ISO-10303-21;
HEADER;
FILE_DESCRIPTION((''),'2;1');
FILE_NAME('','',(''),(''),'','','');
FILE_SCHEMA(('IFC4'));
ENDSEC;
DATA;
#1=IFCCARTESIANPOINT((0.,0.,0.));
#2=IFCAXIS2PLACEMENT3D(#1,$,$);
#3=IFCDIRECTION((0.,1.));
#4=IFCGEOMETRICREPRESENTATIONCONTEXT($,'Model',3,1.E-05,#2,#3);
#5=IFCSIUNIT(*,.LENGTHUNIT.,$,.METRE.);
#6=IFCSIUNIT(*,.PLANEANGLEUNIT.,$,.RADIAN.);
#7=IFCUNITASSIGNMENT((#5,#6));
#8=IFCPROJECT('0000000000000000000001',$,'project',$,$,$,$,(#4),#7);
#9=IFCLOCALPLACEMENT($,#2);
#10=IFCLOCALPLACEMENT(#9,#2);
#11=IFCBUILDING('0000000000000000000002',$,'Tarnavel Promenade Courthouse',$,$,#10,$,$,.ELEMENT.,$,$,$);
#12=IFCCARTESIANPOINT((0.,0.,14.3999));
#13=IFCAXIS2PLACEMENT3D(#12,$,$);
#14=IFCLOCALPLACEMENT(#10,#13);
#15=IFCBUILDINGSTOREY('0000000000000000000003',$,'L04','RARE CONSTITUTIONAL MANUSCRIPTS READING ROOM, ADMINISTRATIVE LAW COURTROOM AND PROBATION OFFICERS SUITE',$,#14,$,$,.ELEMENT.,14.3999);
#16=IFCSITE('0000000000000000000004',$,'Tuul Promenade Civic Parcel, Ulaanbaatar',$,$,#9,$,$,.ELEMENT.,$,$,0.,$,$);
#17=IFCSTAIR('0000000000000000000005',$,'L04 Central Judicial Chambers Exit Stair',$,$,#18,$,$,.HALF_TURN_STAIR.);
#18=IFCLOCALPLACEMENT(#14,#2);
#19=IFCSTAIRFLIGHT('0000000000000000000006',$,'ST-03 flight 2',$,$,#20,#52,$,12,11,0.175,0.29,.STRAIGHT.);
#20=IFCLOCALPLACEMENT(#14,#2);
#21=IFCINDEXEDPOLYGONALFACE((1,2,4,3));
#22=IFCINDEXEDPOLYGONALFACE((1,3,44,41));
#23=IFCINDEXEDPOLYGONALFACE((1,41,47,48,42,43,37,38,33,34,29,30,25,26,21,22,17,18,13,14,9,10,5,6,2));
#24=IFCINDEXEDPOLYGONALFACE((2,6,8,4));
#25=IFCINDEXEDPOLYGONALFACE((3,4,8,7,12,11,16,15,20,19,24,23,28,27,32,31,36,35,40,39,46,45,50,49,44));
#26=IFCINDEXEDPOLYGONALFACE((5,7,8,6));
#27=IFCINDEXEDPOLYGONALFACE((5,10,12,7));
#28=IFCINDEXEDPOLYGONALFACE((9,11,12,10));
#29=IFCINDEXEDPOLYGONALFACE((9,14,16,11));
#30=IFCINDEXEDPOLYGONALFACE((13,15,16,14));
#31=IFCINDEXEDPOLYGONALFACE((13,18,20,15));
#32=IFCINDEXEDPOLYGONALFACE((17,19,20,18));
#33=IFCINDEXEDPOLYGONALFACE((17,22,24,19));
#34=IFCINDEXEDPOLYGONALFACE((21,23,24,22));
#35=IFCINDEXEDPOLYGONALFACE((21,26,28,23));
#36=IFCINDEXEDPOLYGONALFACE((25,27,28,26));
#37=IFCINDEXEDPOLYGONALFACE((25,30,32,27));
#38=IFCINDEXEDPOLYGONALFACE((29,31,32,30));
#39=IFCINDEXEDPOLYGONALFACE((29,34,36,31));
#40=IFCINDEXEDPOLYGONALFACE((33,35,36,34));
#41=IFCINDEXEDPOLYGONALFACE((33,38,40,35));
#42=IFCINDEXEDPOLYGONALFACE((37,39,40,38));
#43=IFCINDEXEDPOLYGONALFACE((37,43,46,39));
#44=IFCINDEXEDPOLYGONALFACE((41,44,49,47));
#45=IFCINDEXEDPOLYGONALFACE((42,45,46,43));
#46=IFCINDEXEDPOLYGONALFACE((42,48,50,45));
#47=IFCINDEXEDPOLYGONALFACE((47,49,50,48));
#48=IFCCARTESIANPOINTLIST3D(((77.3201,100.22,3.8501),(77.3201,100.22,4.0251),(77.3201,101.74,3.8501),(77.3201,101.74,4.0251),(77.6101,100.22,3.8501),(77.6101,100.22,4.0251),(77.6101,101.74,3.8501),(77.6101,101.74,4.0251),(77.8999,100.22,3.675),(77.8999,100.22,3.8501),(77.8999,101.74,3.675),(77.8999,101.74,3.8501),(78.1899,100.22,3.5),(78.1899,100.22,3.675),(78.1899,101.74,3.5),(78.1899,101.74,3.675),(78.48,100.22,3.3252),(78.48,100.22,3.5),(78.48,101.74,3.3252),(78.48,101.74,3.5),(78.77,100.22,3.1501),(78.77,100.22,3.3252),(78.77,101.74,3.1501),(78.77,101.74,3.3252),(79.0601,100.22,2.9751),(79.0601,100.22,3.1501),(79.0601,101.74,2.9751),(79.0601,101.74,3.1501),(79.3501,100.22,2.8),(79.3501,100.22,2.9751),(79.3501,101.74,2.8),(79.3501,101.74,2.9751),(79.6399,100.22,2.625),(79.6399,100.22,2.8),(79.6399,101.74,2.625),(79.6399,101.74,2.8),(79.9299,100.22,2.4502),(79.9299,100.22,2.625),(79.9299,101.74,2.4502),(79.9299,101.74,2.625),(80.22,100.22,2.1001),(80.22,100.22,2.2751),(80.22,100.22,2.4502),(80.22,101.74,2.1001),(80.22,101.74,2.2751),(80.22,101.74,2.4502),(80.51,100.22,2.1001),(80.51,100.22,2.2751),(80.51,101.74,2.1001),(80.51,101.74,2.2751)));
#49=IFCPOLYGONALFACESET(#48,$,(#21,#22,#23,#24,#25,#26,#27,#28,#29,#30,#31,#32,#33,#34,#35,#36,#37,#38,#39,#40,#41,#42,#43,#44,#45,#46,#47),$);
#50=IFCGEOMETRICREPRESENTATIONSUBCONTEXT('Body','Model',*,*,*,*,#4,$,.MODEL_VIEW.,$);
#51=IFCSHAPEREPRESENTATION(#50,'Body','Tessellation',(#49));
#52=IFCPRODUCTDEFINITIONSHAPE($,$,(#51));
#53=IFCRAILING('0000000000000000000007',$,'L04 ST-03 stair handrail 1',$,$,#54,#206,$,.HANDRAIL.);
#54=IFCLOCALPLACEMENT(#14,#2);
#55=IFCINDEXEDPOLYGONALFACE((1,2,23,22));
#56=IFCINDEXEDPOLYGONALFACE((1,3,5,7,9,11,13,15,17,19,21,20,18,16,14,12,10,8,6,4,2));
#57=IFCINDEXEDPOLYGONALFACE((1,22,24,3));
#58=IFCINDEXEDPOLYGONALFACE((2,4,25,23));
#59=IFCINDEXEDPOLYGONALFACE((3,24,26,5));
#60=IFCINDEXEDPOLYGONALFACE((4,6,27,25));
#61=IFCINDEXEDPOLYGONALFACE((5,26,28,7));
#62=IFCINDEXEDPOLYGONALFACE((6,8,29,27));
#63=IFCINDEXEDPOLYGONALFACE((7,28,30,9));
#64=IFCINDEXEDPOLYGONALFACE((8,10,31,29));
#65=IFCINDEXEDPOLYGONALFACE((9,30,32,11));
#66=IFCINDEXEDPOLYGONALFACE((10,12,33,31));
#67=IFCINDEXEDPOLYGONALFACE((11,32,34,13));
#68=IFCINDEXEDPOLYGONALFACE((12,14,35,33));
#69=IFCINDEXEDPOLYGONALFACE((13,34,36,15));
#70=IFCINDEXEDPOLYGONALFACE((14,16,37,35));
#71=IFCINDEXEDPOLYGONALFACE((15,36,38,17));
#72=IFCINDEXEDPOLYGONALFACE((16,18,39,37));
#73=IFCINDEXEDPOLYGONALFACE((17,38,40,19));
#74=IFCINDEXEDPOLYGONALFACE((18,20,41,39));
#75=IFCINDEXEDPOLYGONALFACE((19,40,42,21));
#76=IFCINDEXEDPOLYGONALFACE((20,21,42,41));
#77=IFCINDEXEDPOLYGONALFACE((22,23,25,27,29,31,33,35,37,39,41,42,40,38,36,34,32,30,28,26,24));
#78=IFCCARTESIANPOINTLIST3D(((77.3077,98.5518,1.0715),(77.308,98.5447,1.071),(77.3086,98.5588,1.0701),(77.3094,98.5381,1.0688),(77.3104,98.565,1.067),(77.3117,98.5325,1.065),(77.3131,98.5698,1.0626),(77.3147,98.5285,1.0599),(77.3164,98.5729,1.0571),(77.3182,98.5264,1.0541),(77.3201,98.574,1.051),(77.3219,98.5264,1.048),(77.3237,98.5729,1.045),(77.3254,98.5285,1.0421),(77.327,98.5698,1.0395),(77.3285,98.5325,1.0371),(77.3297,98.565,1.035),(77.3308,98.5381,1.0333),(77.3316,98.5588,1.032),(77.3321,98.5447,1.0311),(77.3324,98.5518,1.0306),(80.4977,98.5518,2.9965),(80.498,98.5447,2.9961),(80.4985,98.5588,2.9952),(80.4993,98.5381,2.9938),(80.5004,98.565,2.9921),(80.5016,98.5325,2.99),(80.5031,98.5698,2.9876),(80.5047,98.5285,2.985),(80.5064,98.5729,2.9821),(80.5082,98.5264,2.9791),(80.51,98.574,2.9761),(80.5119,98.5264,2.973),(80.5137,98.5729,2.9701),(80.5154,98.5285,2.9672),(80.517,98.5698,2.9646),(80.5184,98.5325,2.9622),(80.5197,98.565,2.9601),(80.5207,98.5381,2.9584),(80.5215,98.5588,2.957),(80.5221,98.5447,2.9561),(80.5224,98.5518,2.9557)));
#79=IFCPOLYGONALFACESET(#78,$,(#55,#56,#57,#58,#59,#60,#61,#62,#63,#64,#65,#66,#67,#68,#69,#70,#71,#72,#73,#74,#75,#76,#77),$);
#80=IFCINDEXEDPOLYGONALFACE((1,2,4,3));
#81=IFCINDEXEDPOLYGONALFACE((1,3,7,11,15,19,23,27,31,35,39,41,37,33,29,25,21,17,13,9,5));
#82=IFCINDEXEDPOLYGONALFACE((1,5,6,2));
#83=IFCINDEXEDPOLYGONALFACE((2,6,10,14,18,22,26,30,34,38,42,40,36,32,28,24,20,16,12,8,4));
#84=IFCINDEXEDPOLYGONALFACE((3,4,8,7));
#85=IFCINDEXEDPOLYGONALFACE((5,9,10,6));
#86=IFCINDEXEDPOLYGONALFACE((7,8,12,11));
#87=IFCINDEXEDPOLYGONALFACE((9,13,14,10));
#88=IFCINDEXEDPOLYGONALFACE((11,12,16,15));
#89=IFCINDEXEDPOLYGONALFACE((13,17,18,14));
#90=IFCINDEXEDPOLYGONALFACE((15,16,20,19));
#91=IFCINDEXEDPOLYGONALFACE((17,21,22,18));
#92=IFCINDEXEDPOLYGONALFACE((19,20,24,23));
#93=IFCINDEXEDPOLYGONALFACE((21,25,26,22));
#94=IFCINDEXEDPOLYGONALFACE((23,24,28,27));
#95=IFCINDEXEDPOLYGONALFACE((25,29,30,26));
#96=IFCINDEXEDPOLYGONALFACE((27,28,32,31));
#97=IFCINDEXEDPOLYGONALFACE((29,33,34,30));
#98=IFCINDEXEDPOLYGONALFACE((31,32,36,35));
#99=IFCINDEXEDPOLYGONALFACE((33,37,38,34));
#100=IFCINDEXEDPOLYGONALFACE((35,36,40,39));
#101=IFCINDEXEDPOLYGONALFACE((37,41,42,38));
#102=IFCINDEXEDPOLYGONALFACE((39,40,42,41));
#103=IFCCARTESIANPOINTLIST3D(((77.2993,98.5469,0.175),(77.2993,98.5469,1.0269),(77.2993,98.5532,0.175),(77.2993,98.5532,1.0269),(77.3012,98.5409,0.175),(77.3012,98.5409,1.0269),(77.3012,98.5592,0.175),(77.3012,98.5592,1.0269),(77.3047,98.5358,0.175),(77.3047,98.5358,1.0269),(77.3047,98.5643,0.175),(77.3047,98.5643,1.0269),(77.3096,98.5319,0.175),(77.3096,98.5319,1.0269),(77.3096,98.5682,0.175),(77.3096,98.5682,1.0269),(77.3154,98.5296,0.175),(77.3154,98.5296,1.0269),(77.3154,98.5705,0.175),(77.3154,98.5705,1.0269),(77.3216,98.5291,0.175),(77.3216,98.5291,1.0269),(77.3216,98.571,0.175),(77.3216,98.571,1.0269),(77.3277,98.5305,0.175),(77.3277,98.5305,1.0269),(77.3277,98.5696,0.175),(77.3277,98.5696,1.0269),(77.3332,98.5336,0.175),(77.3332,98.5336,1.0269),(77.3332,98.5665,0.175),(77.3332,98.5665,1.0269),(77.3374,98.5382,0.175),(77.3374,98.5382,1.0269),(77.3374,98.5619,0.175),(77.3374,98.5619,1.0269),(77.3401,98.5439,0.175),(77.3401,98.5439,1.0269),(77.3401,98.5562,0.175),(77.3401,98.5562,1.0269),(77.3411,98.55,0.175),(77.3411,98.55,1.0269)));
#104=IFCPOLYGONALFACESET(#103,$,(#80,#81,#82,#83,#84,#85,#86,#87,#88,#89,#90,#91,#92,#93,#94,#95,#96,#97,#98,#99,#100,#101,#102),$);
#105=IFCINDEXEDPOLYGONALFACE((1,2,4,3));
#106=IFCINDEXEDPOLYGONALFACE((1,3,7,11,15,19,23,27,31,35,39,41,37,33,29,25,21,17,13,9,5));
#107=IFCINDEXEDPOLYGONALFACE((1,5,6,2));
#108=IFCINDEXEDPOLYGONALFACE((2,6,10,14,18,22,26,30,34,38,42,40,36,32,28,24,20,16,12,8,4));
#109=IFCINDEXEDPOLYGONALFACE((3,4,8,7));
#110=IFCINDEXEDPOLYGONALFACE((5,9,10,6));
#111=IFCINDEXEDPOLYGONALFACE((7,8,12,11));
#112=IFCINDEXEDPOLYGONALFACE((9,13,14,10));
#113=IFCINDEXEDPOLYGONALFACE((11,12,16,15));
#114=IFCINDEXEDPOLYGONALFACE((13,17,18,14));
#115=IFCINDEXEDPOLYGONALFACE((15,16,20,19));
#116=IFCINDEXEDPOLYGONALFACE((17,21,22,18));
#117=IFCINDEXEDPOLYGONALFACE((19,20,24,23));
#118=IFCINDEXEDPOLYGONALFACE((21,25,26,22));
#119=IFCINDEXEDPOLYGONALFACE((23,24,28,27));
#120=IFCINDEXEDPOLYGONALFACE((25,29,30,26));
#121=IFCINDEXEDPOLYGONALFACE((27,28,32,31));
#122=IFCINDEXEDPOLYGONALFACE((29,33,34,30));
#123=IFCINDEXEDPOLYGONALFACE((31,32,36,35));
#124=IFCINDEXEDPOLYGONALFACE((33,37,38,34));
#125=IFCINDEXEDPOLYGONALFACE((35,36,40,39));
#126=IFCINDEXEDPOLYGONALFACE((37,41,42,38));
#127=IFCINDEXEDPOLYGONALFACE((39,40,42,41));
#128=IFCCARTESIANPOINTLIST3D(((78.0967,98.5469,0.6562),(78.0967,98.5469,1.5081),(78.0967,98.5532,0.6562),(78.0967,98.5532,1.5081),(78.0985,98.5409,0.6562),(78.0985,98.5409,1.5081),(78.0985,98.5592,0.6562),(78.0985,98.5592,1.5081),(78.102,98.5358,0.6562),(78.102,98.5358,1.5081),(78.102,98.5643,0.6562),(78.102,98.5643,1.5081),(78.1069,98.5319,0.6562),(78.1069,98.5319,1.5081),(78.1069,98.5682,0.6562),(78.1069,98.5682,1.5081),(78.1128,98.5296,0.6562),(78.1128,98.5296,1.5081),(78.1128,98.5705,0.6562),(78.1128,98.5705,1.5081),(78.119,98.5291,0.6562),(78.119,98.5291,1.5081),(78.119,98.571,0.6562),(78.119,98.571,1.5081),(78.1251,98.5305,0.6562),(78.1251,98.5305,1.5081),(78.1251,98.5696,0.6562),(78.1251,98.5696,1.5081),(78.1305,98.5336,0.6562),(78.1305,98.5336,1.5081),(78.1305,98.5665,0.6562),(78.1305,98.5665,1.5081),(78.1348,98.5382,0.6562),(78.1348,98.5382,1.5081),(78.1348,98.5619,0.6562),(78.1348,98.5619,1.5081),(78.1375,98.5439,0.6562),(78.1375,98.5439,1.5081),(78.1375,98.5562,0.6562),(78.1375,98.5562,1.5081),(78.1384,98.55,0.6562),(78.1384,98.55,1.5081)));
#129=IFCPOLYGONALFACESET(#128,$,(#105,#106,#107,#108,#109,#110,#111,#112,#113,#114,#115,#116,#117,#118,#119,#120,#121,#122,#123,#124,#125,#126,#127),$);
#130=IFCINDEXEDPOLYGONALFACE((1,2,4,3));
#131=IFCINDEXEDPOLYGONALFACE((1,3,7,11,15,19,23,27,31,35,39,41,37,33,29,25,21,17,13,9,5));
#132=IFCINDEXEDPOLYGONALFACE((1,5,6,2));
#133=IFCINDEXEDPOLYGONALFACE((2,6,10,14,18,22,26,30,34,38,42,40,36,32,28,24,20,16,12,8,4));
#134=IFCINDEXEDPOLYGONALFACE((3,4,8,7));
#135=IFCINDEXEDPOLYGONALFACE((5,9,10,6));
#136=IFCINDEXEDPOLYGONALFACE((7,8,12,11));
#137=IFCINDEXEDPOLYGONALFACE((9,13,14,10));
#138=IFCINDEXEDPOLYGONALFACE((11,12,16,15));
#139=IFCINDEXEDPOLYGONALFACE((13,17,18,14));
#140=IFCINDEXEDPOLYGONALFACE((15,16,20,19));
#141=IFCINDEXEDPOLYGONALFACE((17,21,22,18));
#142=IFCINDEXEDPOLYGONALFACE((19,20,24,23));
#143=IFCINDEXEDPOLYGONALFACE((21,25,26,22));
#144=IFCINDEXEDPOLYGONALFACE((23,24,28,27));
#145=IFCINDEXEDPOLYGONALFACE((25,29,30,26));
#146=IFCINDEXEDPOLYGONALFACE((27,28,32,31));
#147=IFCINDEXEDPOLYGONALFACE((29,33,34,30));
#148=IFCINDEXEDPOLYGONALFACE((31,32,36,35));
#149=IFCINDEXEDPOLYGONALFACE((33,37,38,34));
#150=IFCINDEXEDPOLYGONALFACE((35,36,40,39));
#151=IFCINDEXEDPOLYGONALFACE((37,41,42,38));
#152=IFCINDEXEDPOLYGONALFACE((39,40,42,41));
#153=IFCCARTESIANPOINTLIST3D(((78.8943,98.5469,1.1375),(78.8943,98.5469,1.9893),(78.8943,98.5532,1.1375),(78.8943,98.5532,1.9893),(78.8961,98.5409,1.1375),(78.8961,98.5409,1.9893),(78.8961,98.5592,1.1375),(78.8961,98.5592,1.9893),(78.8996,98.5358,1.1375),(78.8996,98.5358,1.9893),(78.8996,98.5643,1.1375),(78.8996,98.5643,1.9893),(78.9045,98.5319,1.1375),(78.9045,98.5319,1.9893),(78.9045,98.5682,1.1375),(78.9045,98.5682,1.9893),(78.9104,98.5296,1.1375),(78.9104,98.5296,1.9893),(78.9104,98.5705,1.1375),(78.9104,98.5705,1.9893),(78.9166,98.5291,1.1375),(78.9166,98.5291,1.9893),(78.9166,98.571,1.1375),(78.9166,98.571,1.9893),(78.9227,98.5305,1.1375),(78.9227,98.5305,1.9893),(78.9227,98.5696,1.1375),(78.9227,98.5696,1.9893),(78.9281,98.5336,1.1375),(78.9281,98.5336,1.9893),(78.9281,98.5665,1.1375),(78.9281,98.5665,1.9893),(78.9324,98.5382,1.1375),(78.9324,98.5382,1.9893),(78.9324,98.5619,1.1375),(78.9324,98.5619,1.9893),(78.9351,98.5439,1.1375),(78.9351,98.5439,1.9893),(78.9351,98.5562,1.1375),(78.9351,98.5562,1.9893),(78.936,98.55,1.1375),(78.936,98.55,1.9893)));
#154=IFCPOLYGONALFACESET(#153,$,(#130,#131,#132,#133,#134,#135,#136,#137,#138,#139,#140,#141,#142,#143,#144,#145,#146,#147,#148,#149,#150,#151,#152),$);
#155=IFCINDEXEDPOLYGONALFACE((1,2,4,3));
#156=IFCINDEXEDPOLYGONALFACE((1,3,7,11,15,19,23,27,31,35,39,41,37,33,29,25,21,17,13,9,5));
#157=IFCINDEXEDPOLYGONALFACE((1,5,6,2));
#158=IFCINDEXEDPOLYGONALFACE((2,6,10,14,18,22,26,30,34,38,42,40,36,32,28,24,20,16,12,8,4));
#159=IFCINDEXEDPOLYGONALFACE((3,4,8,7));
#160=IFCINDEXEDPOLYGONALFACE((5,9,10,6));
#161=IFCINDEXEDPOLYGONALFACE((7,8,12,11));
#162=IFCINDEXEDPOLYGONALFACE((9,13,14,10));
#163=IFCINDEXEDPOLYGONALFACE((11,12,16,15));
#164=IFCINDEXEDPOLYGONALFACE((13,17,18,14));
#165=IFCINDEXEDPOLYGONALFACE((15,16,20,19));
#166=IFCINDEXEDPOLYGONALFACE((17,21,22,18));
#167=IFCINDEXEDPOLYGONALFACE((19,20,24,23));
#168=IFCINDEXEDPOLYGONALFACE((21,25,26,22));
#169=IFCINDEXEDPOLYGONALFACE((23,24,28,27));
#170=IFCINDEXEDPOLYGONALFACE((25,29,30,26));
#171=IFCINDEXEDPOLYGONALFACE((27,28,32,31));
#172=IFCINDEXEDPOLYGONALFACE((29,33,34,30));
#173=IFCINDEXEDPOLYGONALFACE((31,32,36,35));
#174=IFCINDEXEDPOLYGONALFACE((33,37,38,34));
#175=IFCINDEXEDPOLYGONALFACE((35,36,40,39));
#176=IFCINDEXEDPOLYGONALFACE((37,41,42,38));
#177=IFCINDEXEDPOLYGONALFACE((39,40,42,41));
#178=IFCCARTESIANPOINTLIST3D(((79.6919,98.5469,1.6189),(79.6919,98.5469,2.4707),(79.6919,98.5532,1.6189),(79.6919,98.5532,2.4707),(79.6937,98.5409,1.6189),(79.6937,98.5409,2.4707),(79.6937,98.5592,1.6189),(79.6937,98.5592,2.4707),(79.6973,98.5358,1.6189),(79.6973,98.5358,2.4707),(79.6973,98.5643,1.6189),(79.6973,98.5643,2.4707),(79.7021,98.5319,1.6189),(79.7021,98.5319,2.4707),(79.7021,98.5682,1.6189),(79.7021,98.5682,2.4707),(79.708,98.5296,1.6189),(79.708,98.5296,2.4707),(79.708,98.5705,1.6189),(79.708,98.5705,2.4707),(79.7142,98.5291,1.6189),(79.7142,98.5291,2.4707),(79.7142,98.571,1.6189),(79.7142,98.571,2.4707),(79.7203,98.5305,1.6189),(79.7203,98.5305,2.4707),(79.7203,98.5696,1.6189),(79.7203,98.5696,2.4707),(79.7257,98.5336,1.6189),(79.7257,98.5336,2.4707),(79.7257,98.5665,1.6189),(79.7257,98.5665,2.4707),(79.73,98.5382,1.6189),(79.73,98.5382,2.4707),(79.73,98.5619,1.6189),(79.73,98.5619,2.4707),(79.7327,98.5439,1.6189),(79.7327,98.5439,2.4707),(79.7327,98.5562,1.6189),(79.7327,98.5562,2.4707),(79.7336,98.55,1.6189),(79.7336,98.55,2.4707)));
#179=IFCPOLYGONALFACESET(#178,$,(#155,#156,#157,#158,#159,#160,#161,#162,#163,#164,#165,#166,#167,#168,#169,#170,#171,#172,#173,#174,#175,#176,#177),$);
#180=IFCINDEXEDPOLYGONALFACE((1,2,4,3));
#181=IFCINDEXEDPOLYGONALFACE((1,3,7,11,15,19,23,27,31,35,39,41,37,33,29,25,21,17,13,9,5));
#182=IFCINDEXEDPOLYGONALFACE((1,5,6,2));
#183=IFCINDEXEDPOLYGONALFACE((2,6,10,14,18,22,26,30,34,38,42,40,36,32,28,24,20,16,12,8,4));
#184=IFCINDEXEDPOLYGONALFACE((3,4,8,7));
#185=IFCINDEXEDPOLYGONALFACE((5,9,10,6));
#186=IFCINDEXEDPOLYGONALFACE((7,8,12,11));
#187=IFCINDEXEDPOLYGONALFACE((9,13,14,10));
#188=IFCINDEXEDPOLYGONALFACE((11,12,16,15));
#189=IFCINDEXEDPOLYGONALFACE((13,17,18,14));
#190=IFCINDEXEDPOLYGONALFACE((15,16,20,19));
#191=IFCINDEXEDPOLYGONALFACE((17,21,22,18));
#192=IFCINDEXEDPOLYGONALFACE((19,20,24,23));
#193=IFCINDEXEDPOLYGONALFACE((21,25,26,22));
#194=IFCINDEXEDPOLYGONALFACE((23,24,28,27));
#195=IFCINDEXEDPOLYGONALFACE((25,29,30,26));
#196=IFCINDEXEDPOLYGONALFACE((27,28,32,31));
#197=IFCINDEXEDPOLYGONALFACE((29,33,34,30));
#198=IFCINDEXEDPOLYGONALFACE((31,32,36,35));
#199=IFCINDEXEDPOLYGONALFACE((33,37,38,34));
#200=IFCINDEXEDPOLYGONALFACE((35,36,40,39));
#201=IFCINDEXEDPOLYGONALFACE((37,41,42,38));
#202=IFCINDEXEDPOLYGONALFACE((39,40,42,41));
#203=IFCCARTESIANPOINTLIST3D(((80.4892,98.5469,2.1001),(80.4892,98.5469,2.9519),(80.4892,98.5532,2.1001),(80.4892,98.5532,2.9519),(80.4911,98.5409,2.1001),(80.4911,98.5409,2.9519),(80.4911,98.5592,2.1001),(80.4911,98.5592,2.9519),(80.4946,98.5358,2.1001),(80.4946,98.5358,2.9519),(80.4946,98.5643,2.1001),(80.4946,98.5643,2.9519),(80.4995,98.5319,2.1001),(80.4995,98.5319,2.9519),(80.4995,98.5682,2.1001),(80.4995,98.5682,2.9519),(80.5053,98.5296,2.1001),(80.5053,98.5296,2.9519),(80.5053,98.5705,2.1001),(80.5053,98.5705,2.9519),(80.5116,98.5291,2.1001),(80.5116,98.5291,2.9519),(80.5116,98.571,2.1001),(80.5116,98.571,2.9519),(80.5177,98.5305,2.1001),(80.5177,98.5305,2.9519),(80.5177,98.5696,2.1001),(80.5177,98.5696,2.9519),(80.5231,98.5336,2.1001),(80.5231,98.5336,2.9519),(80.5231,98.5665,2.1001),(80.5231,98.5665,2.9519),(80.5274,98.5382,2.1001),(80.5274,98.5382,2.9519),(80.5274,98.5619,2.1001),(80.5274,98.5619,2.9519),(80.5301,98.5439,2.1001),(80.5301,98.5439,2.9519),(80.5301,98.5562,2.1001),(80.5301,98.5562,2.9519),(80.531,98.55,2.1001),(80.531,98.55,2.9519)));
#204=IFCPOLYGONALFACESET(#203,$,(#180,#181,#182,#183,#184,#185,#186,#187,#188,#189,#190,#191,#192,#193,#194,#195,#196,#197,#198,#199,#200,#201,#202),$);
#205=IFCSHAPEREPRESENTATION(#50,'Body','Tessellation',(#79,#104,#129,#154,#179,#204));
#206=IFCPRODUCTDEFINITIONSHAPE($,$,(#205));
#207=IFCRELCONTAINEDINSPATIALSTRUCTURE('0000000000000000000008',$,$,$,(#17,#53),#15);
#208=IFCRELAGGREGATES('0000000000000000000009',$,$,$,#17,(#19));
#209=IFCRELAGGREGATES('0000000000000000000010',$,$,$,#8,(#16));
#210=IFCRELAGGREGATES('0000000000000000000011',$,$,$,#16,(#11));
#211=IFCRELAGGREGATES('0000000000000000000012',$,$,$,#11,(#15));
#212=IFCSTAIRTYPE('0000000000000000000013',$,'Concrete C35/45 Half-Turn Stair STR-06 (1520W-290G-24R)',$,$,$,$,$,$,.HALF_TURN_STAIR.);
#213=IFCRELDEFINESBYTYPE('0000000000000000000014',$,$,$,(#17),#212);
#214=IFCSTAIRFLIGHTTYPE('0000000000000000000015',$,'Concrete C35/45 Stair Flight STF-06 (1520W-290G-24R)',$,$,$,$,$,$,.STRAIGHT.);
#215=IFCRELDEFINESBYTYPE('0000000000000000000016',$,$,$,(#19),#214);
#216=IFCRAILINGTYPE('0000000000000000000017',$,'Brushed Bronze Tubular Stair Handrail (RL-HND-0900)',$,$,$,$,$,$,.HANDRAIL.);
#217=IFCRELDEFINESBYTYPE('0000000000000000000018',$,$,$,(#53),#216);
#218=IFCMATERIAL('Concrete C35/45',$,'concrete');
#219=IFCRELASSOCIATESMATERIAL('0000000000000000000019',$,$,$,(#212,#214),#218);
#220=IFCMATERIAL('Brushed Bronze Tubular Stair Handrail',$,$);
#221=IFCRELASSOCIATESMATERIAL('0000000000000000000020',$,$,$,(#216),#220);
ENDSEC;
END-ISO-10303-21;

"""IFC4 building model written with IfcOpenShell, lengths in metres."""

from ifc_helpers import new_model, si_unit, direction, frame, origin, origin_2d, place, context, subcontext, project, spatial, polyline, circle, outline, extrude, material, type_object, element, aggregate, save


model = new_model("IFC4")

# Units and contexts
model_context = context("Model", 3, precision=1e-05, world=origin(), true_north=direction((0.0, 1.0)))
body_context = subcontext(model_context, "Body", "Model", "MODEL_VIEW")
ifc_project = project(units=[si_unit("LENGTHUNIT", "METRE"), si_unit("PLANEANGLEUNIT", "RADIAN")], contexts=[model_context])

# Site, building, storey
site_placement = place(None, origin())
site = spatial("IfcSite", under=ifc_project, at=site_placement, Name="Tuul Promenade Civic Parcel, Ulaanbaatar", CompositionType="ELEMENT", RefElevation=0.0)
building_placement = place(site_placement, origin())
building = spatial("IfcBuilding", under=site, at=building_placement, Name="Tarnavel Promenade Courthouse", CompositionType="ELEMENT")
storey_placement = place(building_placement, frame((0.0, 0.0, 14.3999)))
storey = spatial("IfcBuildingStorey", under=building, at=storey_placement, Name="L04", Description="RARE CONSTITUTIONAL MANUSCRIPTS READING ROOM, ADMINISTRATIVE LAW COURTROOM AND PROBATION OFFICERS SUITE", CompositionType="ELEMENT", Elevation=14.3999)

# Shared definitions
ifc_material_1 = material(Name="Concrete C35/45", Category="concrete")

# Stair, stair flight
stair_type = type_object("IfcStairType", Name="Concrete C35/45 Half-Turn Stair STR-06 (1520W-290G-24R)", PredefinedType="HALF_TURN_STAIR", material=ifc_material_1)
stair_placement = place(storey_placement, origin())
stair = element("IfcStair", 1, at=stair_placement, inside=storey, type_object=stair_type, Name="L04 Central Judicial Chambers Exit Stair", PredefinedType="HALF_TURN_STAIR")
stair_flight_type = type_object("IfcStairFlightType", Name="Concrete C35/45 Stair Flight STF-06 (1520W-290G-24R)", PredefinedType="STRAIGHT", material=ifc_material_1)
stair_flight_1_placement = place(storey_placement, frame((80.51, 100.98, 2.1001), z_axis=(0.0, 0.0, 1.0), x_axis=(-1.0, 0.0, 0.0)))
stair_flight_1 = element("IfcStairFlight", 2, at=stair_flight_1_placement, type_object=stair_flight_type, Name="ST-03 flight 2", NumberOfRisers=12, NumberOfTreads=11, PredefinedType="STRAIGHT", RiserHeight=0.175, TreadLength=0.29, context=body_context, shape_type="SweptSolid", body=[
    extrude(outline(polyline([(0.0, 0.0), (0.0, 0.175), (0.29, 0.175), (0.29, 0.3501), (0.5801, 0.3501), (0.5801, 0.5249), (0.8701, 0.5249), (0.8701, 0.7), (1.1599, 0.7), (1.1599, 0.875), (1.45, 0.875), (1.45, 1.05), (1.74, 1.05), (1.74, 1.2251), (2.03, 1.2251), (2.03, 1.3999), (2.3201, 1.3999), (2.3201, 1.575), (2.6101, 1.575), (2.6101, 1.75), (2.8999, 1.75), (2.8999, 1.925), (3.1899, 1.925), (3.1899, 2.1001), (3.1899, 1.75), (0.29, 0.0), (0.0, 0.0)])), frame((0.0, 0.76, 0.0), z_axis=(0.0, -1.0, 0.0), x_axis=(1.0, 0.0, 0.0)), (0.0, 0.0, 1.0), 1.52),
])
aggregate(stair, [stair_flight_1])

# Railing
ifc_material_2 = material(Name="Brushed Bronze Tubular Stair Handrail")
railing_type_1 = type_object("IfcRailingType", Name="Brushed Bronze Tubular Stair Handrail (RL-HND-0900)", PredefinedType="HANDRAIL", material=ifc_material_2)
railing_1_placement = place(storey_placement, frame((77.3201, 98.55, 0.175)))
element("IfcRailing", 3, at=railing_1_placement, inside=storey, type_object=railing_type_1, Name="L04 ST-03 stair handrail 1", PredefinedType="HANDRAIL", context=body_context, shape_type="SweptSolid", body=[
    extrude(circle(Radius=0.0239, at=origin_2d()), frame((0.0, 0.0, 0.876), z_axis=(0.856178, 0.0, 0.516682), x_axis=(0.0, 1.0, 0.0)), (0.0, 0.0, 1.0), 3.7258),
    extrude(circle(Radius=0.021, at=origin_2d()), origin(), (0.0, 0.0, 1.0), 0.8518),
    extrude(circle(Radius=0.021, at=origin_2d()), frame((0.7974, 0.0, 0.4812)), (0.0, 0.0, 1.0), 0.8518),
    extrude(circle(Radius=0.021, at=origin_2d()), frame((1.595, 0.0, 0.9624)), (0.0, 0.0, 1.0), 0.8518),
    extrude(circle(Radius=0.021, at=origin_2d()), frame((2.3926, 0.0, 1.4438)), (0.0, 0.0, 1.0), 0.8518),
    extrude(circle(Radius=0.021, at=origin_2d()), frame((3.1899, 0.0, 1.925)), (0.0, 0.0, 1.0), 0.8518),
])

save(model, "model.ifc")
